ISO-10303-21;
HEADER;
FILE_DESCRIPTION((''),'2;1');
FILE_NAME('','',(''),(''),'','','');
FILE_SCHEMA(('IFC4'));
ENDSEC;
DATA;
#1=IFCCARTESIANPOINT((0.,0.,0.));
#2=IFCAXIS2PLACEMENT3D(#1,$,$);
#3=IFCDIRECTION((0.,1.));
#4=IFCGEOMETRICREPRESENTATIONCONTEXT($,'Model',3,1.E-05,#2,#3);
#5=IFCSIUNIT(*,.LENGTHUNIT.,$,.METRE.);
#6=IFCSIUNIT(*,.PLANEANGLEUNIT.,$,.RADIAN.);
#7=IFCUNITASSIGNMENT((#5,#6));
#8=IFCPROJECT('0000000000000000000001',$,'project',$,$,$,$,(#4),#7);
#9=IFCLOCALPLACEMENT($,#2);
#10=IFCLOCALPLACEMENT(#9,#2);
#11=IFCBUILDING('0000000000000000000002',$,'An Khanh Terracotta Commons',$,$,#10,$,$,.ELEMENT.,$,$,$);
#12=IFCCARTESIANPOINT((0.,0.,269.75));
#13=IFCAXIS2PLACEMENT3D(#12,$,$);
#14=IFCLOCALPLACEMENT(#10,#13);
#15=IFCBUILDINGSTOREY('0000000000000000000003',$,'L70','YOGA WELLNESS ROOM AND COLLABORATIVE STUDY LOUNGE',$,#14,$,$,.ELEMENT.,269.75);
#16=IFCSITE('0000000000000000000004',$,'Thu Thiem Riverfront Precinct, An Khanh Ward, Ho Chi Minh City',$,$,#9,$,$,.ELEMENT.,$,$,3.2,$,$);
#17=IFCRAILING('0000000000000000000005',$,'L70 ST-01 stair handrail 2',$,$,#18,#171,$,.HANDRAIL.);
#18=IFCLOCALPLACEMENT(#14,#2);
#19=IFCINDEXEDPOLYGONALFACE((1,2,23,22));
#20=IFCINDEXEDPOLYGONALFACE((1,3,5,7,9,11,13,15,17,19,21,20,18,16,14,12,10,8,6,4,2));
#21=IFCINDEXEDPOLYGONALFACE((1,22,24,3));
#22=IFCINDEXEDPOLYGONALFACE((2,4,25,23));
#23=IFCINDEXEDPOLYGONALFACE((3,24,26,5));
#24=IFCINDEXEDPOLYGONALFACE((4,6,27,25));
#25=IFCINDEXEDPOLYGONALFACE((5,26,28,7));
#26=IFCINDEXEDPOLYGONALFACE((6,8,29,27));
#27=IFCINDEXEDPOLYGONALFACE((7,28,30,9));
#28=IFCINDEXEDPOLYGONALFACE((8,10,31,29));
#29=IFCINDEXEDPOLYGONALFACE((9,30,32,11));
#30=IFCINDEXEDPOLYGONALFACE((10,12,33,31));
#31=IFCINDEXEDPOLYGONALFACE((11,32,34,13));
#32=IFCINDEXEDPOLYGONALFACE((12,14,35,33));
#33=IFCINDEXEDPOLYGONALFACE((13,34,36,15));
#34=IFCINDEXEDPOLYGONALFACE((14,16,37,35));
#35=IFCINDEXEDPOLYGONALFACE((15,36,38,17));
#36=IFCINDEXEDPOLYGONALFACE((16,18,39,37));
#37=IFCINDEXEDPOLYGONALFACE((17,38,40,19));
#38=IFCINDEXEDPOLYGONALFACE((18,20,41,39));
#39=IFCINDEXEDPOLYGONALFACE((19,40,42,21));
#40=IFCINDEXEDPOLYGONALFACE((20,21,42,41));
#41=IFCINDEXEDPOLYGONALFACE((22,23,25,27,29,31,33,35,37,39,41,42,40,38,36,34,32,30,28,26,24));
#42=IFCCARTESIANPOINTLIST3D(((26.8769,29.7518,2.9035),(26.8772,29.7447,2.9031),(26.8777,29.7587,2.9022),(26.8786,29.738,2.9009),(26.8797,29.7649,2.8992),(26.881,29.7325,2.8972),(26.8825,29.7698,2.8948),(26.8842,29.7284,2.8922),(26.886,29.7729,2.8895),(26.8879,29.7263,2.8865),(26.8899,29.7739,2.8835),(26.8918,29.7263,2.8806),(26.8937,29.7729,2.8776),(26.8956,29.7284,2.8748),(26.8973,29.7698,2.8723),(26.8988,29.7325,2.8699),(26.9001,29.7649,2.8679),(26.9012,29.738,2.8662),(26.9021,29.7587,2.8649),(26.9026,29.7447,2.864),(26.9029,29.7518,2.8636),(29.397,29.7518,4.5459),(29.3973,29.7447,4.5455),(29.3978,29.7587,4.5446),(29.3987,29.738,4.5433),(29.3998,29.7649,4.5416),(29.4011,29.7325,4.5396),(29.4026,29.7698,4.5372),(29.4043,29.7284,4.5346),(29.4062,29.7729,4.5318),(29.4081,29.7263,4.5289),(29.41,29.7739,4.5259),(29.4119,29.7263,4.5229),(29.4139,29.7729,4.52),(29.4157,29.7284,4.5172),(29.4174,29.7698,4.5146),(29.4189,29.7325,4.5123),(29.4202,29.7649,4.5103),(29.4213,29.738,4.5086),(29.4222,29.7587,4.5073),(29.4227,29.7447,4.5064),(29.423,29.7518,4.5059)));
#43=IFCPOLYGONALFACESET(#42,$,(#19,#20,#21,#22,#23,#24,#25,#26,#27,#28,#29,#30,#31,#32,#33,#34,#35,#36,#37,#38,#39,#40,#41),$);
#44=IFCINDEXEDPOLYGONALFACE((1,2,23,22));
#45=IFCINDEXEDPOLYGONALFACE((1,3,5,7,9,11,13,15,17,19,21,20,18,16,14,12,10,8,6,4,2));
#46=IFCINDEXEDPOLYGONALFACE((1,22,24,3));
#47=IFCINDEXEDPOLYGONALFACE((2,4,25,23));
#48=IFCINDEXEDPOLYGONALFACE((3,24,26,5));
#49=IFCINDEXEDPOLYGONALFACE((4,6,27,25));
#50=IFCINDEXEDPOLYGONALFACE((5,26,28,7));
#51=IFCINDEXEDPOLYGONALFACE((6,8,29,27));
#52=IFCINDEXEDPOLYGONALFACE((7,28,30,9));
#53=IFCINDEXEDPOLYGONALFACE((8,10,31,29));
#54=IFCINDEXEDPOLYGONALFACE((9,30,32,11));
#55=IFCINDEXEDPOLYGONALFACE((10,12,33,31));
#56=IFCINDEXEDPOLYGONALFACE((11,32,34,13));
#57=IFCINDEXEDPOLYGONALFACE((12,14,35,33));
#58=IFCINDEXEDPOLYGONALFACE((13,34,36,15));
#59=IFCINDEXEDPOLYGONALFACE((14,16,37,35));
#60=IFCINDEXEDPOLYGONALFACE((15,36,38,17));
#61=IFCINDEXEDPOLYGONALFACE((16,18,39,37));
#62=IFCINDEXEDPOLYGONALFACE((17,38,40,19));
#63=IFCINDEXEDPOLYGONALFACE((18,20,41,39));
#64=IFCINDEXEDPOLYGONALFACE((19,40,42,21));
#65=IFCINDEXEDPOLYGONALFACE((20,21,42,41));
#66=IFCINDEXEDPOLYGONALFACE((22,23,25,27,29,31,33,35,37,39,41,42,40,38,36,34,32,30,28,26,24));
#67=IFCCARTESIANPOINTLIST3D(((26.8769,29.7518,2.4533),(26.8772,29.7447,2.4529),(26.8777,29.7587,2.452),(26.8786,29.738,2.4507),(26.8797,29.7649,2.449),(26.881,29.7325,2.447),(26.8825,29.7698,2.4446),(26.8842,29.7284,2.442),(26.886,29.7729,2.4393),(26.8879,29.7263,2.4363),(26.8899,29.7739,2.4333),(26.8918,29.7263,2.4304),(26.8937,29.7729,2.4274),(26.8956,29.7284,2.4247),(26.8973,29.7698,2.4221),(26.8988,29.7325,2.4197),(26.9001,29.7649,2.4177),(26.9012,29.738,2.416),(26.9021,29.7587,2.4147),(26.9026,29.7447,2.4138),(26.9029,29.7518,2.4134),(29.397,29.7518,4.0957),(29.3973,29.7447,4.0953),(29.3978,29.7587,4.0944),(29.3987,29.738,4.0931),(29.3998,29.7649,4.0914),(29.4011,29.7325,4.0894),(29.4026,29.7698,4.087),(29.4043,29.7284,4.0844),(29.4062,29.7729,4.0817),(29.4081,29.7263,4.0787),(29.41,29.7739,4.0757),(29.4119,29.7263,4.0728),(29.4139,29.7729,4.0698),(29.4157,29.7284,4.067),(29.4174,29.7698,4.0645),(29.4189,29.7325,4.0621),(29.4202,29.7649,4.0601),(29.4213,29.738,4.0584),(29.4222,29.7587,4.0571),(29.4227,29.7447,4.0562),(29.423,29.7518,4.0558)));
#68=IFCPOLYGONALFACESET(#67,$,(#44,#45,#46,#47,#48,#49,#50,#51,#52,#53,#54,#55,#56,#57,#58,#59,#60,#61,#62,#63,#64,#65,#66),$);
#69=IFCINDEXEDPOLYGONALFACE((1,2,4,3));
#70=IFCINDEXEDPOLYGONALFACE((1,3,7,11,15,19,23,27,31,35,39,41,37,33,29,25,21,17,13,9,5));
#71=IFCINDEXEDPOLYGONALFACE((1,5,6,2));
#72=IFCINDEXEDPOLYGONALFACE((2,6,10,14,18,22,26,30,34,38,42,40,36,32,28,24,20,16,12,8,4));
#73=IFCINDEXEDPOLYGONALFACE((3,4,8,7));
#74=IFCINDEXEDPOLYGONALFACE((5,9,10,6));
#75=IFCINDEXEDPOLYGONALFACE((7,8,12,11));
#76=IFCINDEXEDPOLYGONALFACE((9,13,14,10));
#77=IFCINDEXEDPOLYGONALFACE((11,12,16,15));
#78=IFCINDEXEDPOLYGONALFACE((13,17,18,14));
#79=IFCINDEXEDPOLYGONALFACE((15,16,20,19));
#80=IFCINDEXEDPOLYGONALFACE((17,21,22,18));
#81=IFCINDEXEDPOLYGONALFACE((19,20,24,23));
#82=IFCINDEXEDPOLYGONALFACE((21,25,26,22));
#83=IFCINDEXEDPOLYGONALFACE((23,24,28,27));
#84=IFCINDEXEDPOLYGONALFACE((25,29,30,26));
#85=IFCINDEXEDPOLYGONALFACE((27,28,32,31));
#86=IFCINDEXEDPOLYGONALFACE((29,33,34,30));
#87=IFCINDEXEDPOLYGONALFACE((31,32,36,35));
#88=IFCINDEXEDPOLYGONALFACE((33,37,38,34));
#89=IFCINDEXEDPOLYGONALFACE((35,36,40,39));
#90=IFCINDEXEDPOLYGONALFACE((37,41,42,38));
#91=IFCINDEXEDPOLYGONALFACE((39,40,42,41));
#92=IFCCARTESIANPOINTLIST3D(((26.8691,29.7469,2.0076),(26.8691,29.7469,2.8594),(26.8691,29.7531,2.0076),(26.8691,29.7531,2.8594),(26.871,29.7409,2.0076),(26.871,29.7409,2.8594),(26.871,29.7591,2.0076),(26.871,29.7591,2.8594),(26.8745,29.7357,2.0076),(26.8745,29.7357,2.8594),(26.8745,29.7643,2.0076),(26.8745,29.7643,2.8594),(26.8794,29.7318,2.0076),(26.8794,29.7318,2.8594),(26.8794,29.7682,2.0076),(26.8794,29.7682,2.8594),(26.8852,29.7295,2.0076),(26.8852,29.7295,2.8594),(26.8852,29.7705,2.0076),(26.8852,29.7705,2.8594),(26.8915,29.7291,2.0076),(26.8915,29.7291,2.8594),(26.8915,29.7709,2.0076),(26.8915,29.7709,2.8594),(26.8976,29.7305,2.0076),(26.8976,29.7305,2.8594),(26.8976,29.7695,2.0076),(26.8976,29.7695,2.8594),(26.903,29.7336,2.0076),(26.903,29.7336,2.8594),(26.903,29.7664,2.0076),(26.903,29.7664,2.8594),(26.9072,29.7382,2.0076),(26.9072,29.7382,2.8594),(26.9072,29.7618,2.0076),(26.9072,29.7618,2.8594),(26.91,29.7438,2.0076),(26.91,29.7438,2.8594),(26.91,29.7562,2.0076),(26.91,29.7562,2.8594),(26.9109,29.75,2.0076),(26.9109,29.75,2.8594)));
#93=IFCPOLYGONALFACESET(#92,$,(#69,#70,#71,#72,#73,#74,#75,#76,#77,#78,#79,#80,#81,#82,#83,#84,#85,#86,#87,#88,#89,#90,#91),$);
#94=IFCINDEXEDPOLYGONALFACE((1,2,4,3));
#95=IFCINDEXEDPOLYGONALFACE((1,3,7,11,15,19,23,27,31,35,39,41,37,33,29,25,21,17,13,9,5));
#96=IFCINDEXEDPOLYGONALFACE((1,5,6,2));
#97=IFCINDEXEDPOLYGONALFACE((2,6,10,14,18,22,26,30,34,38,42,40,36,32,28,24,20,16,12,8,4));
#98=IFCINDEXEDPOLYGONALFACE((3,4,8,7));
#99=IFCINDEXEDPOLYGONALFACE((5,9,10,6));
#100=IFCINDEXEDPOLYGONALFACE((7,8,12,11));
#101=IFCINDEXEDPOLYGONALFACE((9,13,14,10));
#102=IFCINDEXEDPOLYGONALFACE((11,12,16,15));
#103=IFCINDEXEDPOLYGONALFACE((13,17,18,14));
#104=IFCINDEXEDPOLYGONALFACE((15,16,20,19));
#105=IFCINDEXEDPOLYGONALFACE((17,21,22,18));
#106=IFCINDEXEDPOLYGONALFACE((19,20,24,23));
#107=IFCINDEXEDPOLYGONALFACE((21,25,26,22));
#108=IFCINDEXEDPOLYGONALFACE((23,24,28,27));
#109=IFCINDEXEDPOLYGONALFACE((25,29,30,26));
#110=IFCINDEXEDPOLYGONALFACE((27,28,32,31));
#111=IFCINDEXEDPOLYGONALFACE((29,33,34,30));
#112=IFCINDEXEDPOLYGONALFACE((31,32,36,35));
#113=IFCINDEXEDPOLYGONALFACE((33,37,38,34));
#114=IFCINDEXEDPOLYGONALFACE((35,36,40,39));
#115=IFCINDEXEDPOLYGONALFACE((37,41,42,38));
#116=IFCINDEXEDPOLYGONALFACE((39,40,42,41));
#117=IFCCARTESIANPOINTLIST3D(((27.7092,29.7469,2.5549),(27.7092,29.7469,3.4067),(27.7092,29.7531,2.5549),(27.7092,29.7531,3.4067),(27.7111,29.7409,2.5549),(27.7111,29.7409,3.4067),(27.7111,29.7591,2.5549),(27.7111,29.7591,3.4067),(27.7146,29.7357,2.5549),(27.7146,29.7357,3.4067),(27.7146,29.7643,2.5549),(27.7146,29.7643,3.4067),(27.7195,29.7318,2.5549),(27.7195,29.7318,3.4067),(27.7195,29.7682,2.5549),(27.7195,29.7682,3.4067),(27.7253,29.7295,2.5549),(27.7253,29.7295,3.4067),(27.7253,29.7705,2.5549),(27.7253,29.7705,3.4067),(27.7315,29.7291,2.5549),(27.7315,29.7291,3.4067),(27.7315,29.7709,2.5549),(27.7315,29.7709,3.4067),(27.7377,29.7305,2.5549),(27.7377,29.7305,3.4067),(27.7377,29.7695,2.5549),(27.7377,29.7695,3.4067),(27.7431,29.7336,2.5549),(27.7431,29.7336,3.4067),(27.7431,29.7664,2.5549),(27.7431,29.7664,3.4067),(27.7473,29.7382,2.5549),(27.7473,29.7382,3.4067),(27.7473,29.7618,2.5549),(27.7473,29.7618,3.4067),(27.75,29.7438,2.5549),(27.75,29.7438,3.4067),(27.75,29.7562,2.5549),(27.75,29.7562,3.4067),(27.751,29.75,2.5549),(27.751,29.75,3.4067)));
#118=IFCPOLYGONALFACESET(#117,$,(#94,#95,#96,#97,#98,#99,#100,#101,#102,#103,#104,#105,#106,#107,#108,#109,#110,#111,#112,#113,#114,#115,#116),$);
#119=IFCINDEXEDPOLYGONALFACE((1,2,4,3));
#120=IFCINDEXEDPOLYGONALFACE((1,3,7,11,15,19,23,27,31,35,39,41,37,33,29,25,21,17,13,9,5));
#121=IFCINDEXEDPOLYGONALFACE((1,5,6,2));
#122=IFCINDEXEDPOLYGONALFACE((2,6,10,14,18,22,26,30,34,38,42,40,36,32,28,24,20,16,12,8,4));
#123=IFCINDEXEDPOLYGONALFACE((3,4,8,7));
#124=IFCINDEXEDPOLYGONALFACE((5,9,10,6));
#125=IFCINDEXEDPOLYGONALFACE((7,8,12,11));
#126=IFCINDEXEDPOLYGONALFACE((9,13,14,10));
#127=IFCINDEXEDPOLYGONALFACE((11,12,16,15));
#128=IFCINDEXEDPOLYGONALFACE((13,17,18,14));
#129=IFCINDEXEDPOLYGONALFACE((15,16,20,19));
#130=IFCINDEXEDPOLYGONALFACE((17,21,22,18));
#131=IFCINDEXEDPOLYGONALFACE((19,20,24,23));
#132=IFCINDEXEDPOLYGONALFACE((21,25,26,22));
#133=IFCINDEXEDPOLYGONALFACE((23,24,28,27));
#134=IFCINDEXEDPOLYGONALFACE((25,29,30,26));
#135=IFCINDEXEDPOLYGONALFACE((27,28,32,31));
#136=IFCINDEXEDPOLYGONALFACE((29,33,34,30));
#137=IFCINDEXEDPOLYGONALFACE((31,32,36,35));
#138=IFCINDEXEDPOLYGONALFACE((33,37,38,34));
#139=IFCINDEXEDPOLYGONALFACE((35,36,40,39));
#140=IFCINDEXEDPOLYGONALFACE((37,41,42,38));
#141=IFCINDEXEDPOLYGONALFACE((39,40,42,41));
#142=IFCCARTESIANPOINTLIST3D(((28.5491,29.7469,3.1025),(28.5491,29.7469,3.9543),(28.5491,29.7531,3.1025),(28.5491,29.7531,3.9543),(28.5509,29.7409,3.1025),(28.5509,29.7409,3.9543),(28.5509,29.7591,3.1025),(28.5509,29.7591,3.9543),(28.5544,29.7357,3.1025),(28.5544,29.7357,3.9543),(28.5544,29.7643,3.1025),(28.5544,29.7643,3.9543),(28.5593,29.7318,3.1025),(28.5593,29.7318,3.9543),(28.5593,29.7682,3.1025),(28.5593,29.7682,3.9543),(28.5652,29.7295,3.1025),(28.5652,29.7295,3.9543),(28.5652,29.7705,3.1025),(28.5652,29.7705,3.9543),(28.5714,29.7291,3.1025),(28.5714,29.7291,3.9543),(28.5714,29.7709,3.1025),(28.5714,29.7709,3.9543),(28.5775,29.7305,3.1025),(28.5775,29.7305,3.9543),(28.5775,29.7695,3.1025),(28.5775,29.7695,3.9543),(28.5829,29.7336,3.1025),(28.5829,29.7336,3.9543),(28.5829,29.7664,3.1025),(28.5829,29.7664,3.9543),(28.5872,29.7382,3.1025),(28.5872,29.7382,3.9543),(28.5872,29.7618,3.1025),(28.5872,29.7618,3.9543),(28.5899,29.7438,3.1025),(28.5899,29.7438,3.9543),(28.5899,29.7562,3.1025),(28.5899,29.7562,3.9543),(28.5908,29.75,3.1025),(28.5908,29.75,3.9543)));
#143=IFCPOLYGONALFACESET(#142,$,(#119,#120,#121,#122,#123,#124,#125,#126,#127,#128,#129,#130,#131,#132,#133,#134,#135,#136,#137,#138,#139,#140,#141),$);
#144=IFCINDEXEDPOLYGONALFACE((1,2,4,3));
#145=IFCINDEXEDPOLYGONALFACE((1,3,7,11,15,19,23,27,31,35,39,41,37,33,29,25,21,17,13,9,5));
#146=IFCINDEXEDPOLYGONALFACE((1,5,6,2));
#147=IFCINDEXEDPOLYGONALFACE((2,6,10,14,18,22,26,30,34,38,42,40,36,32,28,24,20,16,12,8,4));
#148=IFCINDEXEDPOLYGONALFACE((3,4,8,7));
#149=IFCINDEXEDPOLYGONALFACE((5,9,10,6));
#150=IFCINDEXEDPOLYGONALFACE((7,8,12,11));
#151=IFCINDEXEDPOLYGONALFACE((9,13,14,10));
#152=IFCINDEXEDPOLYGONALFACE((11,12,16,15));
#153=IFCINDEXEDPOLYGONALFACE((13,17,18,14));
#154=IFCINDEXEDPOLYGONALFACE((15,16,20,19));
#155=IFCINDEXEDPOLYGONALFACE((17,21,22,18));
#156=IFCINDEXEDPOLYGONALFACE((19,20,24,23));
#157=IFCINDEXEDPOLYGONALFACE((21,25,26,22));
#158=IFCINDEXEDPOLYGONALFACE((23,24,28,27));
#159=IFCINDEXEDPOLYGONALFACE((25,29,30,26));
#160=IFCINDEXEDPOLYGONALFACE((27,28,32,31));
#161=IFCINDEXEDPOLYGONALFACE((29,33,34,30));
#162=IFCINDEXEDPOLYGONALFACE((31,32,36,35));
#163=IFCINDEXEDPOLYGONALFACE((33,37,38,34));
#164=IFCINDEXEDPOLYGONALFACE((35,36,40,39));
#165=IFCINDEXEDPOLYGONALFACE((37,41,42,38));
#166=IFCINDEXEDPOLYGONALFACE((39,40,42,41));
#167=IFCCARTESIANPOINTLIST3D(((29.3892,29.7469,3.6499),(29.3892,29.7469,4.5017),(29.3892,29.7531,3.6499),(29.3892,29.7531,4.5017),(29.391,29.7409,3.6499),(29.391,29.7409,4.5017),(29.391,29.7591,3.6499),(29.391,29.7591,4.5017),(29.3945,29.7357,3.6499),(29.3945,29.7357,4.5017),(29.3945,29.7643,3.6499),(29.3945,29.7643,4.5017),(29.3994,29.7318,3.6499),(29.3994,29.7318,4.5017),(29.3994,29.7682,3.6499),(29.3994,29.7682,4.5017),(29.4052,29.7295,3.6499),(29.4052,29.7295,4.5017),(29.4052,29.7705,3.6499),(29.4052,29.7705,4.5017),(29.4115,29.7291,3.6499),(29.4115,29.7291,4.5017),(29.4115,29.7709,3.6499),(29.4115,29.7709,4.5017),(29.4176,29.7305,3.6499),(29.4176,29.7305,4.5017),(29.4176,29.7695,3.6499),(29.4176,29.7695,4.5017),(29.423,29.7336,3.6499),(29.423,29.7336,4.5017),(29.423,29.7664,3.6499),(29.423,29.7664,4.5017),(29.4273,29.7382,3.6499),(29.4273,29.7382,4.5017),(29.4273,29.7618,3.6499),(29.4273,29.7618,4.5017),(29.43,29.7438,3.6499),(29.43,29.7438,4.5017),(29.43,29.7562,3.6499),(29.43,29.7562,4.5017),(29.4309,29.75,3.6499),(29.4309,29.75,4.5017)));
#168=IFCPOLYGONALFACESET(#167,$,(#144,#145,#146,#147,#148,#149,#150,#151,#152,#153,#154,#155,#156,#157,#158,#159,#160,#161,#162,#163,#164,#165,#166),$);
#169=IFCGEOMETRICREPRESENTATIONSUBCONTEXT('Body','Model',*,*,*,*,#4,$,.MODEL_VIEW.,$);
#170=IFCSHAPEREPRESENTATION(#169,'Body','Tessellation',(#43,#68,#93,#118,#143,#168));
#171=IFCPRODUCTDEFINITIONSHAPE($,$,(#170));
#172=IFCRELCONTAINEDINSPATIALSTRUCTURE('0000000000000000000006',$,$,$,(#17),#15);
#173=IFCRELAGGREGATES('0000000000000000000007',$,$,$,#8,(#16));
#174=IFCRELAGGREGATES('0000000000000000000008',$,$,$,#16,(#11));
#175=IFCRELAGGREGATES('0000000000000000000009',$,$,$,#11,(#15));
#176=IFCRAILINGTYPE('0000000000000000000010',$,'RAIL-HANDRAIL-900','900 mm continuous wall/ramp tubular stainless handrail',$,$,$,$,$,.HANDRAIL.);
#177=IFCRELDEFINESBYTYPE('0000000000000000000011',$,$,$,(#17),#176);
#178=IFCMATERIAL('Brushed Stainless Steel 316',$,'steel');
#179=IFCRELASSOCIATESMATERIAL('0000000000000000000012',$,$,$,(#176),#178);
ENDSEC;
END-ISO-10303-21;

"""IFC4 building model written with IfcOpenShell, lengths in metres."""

from ifc_helpers import new_model, si_unit, direction, frame, origin, origin_2d, place, context, subcontext, project, spatial, circle, extrude, material, type_object, element, save


model = new_model("IFC4")

# Units and contexts
model_context = context("Model", 3, precision=1e-05, world=origin(), true_north=direction((0.0, 1.0)))
body_context = subcontext(model_context, "Body", "Model", "MODEL_VIEW")
ifc_project = project(units=[si_unit("LENGTHUNIT", "METRE"), si_unit("PLANEANGLEUNIT", "RADIAN")], contexts=[model_context])

# Site, building, storey
site_placement = place(None, origin())
site = spatial("IfcSite", under=ifc_project, at=site_placement, Name="Thu Thiem Riverfront Precinct, An Khanh Ward, Ho Chi Minh City", CompositionType="ELEMENT", RefElevation=3.2)
building_placement = place(site_placement, origin())
building = spatial("IfcBuilding", under=site, at=building_placement, Name="An Khanh Terracotta Commons", CompositionType="ELEMENT")
storey_placement = place(building_placement, frame((0.0, 0.0, 269.75)))
storey = spatial("IfcBuildingStorey", under=building, at=storey_placement, Name="L70", Description="YOGA WELLNESS ROOM AND COLLABORATIVE STUDY LOUNGE", CompositionType="ELEMENT", Elevation=269.75)

# Railing
ifc_material_1 = material(Name="Brushed Stainless Steel 316", Category="steel")
railing_type_1 = type_object("IfcRailingType", Name="RAIL-HANDRAIL-900", Description="900 mm continuous wall/ramp tubular stainless handrail", PredefinedType="HANDRAIL", material=ifc_material_1)
railing_1_placement = place(storey_placement, frame((26.8899, 29.75, 2.0076)))
element("IfcRailing", 1, at=railing_1_placement, inside=storey, type_object=railing_type_1, Name="L70 ST-01 stair handrail 2", PredefinedType="HANDRAIL", context=body_context, shape_type="SweptSolid", body=[
    extrude(circle(Radius=0.0239, at=origin_2d()), frame((0.0, 0.0, 0.876), z_axis=(0.837787, 0.0, 0.545998), x_axis=(0.0, 1.0, 0.0)), (0.0, 0.0, 1.0), 3.0081),
    extrude(circle(Radius=0.0239, at=origin_2d()), frame((0.0, 0.0, 0.4258), z_axis=(0.837787, 0.0, 0.545998), x_axis=(0.0, 1.0, 0.0)), (0.0, 0.0, 1.0), 3.0081),
    extrude(circle(Radius=0.021, at=origin_2d()), origin(), (0.0, 0.0, 1.0), 0.8518),
    extrude(circle(Radius=0.021, at=origin_2d()), frame((0.8401, 0.0, 0.5474)), (0.0, 0.0, 1.0), 0.8518),
    extrude(circle(Radius=0.021, at=origin_2d()), frame((1.6799, 0.0, 1.095)), (0.0, 0.0, 1.0), 0.8518),
    extrude(circle(Radius=0.021, at=origin_2d()), frame((2.52, 0.0, 1.6423)), (0.0, 0.0, 1.0), 0.8518),
])

save(model, "model.ifc")
